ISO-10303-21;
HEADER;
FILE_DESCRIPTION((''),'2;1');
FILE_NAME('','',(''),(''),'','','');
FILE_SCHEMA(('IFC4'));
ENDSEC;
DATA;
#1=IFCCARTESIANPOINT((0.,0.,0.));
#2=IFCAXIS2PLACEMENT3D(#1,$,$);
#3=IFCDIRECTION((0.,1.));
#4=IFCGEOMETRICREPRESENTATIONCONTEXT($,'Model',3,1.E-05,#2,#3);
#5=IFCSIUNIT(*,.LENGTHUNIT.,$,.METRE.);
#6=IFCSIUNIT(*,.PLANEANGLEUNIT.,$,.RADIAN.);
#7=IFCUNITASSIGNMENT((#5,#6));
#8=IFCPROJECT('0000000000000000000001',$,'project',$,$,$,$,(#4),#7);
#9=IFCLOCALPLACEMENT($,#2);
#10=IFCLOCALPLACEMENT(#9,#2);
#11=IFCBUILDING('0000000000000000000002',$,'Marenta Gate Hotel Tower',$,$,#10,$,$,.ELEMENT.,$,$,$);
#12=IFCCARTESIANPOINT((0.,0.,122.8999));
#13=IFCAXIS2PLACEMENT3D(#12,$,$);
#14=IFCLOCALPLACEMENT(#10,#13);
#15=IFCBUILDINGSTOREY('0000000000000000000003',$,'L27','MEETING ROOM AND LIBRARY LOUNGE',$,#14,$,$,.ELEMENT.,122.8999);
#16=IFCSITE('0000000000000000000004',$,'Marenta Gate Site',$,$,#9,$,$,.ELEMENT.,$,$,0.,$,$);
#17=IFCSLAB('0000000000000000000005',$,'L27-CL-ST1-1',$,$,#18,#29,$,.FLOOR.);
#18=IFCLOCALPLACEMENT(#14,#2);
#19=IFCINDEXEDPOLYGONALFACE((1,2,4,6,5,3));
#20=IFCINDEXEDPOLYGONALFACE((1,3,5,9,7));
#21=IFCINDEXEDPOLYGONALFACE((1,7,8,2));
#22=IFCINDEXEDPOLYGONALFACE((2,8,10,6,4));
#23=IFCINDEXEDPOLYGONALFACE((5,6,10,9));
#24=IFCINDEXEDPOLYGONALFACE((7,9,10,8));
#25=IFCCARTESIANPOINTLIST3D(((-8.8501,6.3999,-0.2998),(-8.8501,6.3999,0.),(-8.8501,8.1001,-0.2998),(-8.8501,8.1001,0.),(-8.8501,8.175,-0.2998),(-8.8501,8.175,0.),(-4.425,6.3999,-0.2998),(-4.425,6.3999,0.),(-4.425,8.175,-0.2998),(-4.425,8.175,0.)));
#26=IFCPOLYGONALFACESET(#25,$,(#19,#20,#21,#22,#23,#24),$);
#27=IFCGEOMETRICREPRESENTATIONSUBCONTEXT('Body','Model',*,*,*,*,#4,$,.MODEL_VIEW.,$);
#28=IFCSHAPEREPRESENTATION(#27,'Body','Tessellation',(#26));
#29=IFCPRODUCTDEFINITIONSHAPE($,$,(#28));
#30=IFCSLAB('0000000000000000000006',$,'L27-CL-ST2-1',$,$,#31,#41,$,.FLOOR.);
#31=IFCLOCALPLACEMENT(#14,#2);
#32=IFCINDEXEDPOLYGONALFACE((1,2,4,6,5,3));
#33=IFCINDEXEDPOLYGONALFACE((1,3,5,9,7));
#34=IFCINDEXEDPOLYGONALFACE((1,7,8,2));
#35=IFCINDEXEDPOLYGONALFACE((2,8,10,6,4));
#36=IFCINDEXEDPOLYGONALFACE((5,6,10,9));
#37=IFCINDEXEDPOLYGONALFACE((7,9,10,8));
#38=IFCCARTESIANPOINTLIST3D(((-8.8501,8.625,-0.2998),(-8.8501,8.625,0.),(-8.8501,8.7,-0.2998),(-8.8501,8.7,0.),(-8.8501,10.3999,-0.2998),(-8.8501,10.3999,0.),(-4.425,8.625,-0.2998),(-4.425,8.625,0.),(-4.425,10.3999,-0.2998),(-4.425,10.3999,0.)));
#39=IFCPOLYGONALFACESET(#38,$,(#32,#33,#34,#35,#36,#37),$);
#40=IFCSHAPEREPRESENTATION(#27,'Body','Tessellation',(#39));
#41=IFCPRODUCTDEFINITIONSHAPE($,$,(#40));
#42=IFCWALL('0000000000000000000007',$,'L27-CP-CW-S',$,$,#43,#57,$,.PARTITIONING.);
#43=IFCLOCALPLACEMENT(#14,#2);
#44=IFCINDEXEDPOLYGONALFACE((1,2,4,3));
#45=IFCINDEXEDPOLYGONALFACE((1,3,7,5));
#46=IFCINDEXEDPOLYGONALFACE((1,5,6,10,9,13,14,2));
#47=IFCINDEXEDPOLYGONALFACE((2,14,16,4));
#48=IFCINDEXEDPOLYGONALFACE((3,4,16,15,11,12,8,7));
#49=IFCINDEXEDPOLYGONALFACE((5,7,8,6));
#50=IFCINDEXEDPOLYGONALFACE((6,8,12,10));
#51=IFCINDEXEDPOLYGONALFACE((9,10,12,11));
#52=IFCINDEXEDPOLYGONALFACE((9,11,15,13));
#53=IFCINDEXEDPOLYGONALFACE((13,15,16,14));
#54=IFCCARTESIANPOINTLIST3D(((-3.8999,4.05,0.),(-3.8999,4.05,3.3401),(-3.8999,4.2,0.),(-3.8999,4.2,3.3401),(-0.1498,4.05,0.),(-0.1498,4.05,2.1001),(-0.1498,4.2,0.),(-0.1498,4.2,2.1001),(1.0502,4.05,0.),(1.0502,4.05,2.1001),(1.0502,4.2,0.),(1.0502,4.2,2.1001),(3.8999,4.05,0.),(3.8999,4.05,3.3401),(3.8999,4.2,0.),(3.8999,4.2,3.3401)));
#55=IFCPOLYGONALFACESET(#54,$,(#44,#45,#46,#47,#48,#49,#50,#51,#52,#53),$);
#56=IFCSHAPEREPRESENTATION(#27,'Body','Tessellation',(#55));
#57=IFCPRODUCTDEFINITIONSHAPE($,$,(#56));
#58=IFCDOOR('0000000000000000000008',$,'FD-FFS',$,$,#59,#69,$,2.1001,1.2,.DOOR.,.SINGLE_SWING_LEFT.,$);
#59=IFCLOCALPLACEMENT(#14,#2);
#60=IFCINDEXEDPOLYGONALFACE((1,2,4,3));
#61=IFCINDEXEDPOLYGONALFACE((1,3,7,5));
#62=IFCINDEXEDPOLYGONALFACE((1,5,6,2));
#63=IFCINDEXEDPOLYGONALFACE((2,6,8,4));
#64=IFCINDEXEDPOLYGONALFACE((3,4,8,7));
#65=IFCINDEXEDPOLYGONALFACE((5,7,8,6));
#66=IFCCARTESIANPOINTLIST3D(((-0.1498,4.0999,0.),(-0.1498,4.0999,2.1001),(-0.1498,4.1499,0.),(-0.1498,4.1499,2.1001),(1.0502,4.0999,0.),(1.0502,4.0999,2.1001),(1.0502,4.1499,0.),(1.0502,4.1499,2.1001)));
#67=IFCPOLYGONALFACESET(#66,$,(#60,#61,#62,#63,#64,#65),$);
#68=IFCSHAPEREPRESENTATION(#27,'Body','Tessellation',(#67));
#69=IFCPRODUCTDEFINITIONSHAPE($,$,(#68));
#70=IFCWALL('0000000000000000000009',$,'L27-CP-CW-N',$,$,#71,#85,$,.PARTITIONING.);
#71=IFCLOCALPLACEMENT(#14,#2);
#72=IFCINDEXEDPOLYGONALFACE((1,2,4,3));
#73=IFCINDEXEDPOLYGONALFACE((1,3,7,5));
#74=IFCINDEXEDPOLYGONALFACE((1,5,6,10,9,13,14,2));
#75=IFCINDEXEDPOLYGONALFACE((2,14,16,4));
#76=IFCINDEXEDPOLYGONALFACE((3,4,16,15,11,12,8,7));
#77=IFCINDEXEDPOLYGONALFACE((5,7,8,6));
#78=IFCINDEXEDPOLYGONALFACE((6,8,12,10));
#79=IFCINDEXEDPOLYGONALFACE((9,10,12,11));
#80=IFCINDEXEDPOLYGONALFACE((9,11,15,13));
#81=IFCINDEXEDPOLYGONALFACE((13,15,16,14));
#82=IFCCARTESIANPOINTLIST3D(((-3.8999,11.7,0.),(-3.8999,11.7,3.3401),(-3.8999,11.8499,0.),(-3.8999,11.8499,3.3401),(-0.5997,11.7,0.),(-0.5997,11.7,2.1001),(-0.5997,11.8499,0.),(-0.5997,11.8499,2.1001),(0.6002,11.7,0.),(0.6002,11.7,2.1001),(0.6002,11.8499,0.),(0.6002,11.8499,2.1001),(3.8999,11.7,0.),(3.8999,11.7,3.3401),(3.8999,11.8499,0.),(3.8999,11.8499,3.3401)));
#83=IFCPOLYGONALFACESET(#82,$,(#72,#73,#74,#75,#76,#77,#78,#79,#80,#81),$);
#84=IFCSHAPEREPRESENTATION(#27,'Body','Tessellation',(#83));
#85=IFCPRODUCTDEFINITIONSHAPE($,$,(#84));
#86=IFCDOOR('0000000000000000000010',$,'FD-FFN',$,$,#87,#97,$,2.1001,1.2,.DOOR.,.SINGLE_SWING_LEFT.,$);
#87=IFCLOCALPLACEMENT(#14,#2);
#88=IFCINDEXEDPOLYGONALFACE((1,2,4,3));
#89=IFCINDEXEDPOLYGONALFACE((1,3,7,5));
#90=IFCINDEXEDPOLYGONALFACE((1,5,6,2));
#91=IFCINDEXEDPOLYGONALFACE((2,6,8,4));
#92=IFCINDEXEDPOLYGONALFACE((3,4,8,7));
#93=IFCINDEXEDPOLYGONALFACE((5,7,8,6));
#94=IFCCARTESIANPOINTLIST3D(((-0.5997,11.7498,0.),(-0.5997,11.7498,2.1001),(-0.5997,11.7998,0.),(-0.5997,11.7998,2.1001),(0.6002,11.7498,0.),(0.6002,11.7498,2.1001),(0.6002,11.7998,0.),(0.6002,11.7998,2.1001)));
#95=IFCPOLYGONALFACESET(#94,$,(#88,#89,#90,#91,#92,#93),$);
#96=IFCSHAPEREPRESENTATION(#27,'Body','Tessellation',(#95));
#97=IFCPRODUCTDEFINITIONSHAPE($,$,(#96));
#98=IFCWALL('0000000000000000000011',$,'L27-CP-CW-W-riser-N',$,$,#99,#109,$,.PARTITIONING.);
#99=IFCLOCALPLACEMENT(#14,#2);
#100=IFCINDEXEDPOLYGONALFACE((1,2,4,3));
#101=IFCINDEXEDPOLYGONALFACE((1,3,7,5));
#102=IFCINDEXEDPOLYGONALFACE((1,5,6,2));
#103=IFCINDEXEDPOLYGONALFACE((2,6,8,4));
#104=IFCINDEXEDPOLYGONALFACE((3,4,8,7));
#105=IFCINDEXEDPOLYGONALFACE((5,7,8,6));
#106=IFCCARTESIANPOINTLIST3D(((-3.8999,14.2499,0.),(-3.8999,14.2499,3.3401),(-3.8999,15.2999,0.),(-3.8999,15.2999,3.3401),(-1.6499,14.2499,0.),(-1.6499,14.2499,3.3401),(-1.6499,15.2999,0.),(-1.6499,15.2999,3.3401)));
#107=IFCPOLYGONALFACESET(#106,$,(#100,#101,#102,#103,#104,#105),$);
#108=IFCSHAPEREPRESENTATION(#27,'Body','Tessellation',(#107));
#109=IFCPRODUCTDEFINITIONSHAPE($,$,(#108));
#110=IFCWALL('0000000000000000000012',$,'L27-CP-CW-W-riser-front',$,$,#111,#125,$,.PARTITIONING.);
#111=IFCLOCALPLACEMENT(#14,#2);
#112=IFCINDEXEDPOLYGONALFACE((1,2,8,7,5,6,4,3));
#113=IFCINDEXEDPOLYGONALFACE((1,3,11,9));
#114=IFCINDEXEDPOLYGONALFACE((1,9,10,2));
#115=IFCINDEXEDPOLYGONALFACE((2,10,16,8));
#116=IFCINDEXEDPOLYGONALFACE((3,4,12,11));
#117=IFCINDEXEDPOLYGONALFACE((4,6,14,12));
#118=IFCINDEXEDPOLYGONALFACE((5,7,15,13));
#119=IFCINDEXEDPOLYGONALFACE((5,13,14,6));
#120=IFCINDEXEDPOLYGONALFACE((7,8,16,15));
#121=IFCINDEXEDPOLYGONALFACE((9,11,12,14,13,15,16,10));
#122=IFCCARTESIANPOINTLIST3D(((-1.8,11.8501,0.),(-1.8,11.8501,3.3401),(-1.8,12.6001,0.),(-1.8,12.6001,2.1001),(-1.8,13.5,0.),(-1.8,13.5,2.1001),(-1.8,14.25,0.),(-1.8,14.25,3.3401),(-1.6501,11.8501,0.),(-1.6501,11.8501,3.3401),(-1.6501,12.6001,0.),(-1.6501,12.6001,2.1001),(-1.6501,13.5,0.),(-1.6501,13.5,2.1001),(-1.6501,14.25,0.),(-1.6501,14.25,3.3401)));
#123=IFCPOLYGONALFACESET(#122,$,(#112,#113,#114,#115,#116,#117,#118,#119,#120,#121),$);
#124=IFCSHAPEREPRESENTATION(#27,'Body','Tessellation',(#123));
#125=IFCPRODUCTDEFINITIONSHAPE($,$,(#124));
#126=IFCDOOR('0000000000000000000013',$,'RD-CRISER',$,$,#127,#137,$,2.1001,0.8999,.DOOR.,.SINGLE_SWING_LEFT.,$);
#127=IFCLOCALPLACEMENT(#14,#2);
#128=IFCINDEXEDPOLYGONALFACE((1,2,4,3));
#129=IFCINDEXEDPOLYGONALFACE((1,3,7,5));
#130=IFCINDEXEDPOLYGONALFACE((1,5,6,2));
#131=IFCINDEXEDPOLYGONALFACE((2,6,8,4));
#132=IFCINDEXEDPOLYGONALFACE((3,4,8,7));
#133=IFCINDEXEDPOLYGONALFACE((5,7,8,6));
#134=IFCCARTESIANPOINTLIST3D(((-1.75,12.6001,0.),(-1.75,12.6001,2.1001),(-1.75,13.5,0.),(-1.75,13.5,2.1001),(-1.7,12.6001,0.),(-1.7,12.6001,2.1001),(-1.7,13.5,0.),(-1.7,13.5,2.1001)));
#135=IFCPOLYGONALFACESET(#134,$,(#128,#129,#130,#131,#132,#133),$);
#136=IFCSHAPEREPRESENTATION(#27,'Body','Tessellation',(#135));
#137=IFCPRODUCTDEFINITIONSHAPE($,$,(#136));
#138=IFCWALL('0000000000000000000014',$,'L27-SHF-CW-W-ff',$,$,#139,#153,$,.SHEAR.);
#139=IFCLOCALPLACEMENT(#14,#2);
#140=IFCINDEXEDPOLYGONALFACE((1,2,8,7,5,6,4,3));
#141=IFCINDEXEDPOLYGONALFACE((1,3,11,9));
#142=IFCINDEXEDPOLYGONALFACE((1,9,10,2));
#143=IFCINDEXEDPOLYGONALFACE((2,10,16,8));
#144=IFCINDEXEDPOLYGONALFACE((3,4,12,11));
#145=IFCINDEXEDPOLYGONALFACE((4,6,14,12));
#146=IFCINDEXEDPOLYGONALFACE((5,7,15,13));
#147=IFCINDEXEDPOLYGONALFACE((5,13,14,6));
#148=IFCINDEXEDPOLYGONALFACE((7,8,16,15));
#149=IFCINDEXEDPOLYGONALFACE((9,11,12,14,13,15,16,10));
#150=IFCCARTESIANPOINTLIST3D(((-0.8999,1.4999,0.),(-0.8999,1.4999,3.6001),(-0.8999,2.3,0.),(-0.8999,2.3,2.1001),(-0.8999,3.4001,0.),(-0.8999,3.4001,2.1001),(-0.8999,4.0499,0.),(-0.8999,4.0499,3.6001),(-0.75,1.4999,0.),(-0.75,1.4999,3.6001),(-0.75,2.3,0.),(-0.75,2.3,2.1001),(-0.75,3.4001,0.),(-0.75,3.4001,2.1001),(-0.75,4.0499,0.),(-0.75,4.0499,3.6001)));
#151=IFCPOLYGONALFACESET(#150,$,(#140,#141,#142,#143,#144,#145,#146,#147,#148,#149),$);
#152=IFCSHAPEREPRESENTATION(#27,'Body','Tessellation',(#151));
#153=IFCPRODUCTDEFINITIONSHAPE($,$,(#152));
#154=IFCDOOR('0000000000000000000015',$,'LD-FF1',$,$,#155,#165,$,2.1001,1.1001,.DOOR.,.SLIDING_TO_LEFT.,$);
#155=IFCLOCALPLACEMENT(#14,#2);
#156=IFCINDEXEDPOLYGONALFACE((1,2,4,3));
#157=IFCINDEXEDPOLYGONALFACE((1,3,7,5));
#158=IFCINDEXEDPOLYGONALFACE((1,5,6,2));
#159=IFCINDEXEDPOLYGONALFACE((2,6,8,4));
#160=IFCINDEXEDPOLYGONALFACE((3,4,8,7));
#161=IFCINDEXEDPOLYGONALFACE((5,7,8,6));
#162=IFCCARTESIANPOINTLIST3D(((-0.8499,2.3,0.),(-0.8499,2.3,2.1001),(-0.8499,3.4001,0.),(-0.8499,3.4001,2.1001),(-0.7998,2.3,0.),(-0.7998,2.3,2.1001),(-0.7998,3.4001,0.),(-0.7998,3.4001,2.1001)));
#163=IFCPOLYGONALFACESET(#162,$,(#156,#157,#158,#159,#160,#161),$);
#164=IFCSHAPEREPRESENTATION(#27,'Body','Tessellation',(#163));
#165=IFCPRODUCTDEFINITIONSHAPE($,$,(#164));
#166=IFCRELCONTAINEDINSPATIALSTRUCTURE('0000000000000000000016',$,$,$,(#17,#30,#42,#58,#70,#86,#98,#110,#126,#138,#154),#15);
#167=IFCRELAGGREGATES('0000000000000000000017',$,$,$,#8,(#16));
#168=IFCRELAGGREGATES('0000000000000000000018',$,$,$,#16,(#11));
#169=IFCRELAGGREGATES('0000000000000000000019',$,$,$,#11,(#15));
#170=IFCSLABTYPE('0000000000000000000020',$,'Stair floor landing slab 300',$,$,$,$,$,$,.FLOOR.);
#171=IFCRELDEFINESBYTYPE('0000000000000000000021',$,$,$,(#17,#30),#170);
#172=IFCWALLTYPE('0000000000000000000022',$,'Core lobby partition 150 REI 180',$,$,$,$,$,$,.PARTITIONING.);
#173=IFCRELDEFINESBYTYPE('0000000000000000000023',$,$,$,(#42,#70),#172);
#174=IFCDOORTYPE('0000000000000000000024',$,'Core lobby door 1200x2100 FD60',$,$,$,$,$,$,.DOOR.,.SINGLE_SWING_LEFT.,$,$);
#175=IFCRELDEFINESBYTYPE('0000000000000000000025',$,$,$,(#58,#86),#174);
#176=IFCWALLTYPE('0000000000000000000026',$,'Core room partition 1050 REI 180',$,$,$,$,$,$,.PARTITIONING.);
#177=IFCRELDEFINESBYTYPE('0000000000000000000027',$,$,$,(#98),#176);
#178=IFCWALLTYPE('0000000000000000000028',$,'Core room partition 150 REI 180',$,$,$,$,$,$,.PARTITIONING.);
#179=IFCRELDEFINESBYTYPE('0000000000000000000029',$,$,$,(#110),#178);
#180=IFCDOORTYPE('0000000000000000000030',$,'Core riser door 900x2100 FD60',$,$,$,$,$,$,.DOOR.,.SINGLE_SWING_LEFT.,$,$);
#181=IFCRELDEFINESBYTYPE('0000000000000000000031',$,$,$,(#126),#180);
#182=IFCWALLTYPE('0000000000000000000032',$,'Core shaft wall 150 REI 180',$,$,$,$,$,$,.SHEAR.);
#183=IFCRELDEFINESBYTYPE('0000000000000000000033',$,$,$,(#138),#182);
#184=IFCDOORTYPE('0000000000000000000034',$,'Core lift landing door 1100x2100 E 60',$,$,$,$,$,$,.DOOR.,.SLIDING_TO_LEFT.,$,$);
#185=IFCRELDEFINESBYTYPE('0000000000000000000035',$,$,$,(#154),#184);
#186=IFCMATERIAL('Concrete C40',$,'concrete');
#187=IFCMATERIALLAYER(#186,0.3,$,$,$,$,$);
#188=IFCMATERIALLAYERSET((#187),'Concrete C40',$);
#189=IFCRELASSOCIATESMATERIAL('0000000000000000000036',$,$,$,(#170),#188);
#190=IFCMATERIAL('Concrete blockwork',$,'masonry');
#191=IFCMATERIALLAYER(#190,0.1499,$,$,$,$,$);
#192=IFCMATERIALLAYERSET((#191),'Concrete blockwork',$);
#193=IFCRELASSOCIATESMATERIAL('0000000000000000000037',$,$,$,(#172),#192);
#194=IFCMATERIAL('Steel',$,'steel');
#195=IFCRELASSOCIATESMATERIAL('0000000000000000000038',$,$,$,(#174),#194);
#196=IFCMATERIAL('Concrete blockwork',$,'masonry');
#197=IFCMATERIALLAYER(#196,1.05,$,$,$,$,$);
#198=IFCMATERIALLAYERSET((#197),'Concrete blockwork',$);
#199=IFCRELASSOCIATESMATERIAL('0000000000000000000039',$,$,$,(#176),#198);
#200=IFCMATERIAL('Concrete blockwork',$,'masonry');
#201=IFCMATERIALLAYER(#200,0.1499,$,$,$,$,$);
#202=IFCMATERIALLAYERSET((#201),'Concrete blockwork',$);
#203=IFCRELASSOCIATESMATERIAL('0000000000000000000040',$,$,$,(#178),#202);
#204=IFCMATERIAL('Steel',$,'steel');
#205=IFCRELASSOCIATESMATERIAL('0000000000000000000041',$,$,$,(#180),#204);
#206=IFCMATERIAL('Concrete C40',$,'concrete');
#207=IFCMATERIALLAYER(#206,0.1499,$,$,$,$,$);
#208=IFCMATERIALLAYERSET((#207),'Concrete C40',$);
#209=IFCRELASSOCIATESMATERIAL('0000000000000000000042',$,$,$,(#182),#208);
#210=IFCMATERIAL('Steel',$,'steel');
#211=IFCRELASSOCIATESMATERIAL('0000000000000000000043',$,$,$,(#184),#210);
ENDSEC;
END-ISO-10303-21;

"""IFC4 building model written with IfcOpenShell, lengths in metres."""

from ifc_helpers import new_model, si_unit, direction, frame, frame_2d, origin, place, context, subcontext, project, spatial, polyline, rectangle, outline, extrude, material, layer, layer_set, type_object, element, fill, save


model = new_model("IFC4")

# Units and contexts
model_context = context("Model", 3, precision=1e-05, world=origin(), true_north=direction((0.0, 1.0)))
body_context = subcontext(model_context, "Body", "Model", "MODEL_VIEW")
ifc_project = project(units=[si_unit("LENGTHUNIT", "METRE"), si_unit("PLANEANGLEUNIT", "RADIAN")], contexts=[model_context])

# Site, building, storey
site_placement = place(None, origin())
site = spatial("IfcSite", under=ifc_project, at=site_placement, Name="Marenta Gate Site", CompositionType="ELEMENT", RefElevation=0.0)
building_placement = place(site_placement, origin())
building = spatial("IfcBuilding", under=site, at=building_placement, Name="Marenta Gate Hotel Tower", CompositionType="ELEMENT")
storey_placement = place(building_placement, frame((0.0, 0.0, 122.8999)))
storey = spatial("IfcBuildingStorey", under=building, at=storey_placement, Name="L27", Description="MEETING ROOM AND LIBRARY LOUNGE", CompositionType="ELEMENT", Elevation=122.8999)

# Slabs
ifc_material_1 = material(Name="Concrete C40", Category="concrete")
ifc_layer_1 = layer(ifc_material_1, 0.3)
ifc_layer_set_1 = layer_set([ifc_layer_1], Name="Concrete C40")
slab_type_1 = type_object("IfcSlabType", Name="Stair floor landing slab 300", PredefinedType="FLOOR", material=ifc_layer_set_1)
slab_1_placement = place(storey_placement, frame((0.0, 0.0, -0.2998)))
element("IfcSlab", 1, at=slab_1_placement, inside=storey, type_object=slab_type_1, Name="L27-CL-ST1-1", PredefinedType="FLOOR", context=body_context, shape_type="SweptSolid", body=[
    extrude(outline(polyline([(-4.425, 6.3999), (-8.8501, 6.3999), (-8.8501, 8.1001), (-8.8501, 8.175), (-4.425, 8.175), (-4.425, 6.3999)])), origin(), (0.0, 0.0, 1.0), 0.2998),
])
slab_2_placement = place(storey_placement, frame((0.0, 0.0, -0.2998)))
element("IfcSlab", 2, at=slab_2_placement, inside=storey, type_object=slab_type_1, Name="L27-CL-ST2-1", PredefinedType="FLOOR", context=body_context, shape_type="SweptSolid", body=[
    extrude(outline(polyline([(-4.425, 8.625), (-8.8501, 8.625), (-8.8501, 8.7), (-8.8501, 10.3999), (-4.425, 10.3999), (-4.425, 8.625)])), origin(), (0.0, 0.0, 1.0), 0.2998),
])

# Walls, openings, doors
ifc_material_2 = material(Name="Concrete blockwork", Category="masonry")
ifc_layer_2 = layer(ifc_material_2, 0.1499)
ifc_layer_set_2 = layer_set([ifc_layer_2], Name="Concrete blockwork")
wall_type_1 = type_object("IfcWallType", Name="Core lobby partition 150 REI 180", PredefinedType="PARTITIONING", material=ifc_layer_set_2)
wall_1_placement = place(storey_placement, frame((-3.8999, 4.125, 0.0), z_axis=(0.0, 0.0, 1.0), x_axis=(1.0, 0.0, 0.0)))
wall_1 = element("IfcWall", 3, at=wall_1_placement, inside=storey, type_object=wall_type_1, Name="L27-CP-CW-S", PredefinedType="PARTITIONING", context=body_context, shape_type="SweptSolid", body=[
    extrude(rectangle(XDim=7.7998, YDim=0.1499, at=frame_2d((3.8999, 0.0))), origin(), (0.0, 0.0, 1.0), 3.3401),
])
opening_1_placement = place(wall_1_placement, frame((3.75, 0.0, 0.0)))
opening_1 = element("IfcOpeningElement", 4, at=opening_1_placement, cuts=wall_1, PredefinedType="OPENING", context=body_context, shape_type="SweptSolid", body=[
    extrude(rectangle(XDim=1.2, YDim=2.1001, at=frame_2d((0.6001, 1.05))), frame((0.0, 0.075, 0.0), z_axis=(0.0, -1.0, 0.0), x_axis=(1.0, 0.0, 0.0)), (0.0, 0.0, 1.0), 0.1499),
])
ifc_material_3 = material(Name="Steel", Category="steel")
door_type_1 = type_object("IfcDoorType", Name="Core lobby door 1200x2100 FD60", OperationType="SINGLE_SWING_LEFT", PredefinedType="DOOR", material=ifc_material_3)
door_1_placement = place(opening_1_placement, origin())
door_1 = element("IfcDoor", 5, at=door_1_placement, inside=storey, type_object=door_type_1, Name="FD-FFS", OperationType="SINGLE_SWING_LEFT", OverallHeight=2.1001, OverallWidth=1.2, PredefinedType="DOOR", context=body_context, shape_type="SweptSolid", body=[
    extrude(rectangle(XDim=1.2, YDim=2.1001, at=frame_2d((0.6001, 1.05))), frame((0.0, 0.0249, 0.0), z_axis=(0.0, -1.0, 0.0), x_axis=(1.0, 0.0, 0.0)), (0.0, 0.0, 1.0), 0.05),
])
fill(opening_1, door_1)
wall_2_placement = place(storey_placement, frame((-3.8999, 11.7749, 0.0), z_axis=(0.0, 0.0, 1.0), x_axis=(1.0, 0.0, 0.0)))
wall_2 = element("IfcWall", 6, at=wall_2_placement, inside=storey, type_object=wall_type_1, Name="L27-CP-CW-N", PredefinedType="PARTITIONING", context=body_context, shape_type="SweptSolid", body=[
    extrude(rectangle(XDim=7.7998, YDim=0.1499, at=frame_2d((3.8999, 0.0))), origin(), (0.0, 0.0, 1.0), 3.3401),
])
opening_2_placement = place(wall_2_placement, frame((3.3, 0.0, 0.0)))
opening_2 = element("IfcOpeningElement", 7, at=opening_2_placement, cuts=wall_2, PredefinedType="OPENING", context=body_context, shape_type="SweptSolid", body=[
    extrude(rectangle(XDim=1.2, YDim=2.1001, at=frame_2d((0.6001, 1.05))), frame((0.0, 0.075, 0.0), z_axis=(0.0, -1.0, 0.0), x_axis=(1.0, 0.0, 0.0)), (0.0, 0.0, 1.0), 0.1499),
])
door_2_placement = place(opening_2_placement, origin())
door_2 = element("IfcDoor", 8, at=door_2_placement, inside=storey, type_object=door_type_1, Name="FD-FFN", OperationType="SINGLE_SWING_LEFT", OverallHeight=2.1001, OverallWidth=1.2, PredefinedType="DOOR", context=body_context, shape_type="SweptSolid", body=[
    extrude(rectangle(XDim=1.2, YDim=2.1001, at=frame_2d((0.6001, 1.05))), frame((0.0, 0.0249, 0.0), z_axis=(0.0, -1.0, 0.0), x_axis=(1.0, 0.0, 0.0)), (0.0, 0.0, 1.0), 0.05),
])
fill(opening_2, door_2)

# Wall
ifc_material_4 = material(Name="Concrete blockwork", Category="masonry")
ifc_layer_3 = layer(ifc_material_4, 1.05)
ifc_layer_set_3 = layer_set([ifc_layer_3], Name="Concrete blockwork")
wall_type_2 = type_object("IfcWallType", Name="Core room partition 1050 REI 180", PredefinedType="PARTITIONING", material=ifc_layer_set_3)
wall_3_placement = place(storey_placement, frame((-3.8999, 14.7749, 0.0), z_axis=(0.0, 0.0, 1.0), x_axis=(1.0, 0.0, 0.0)))
element("IfcWall", 9, at=wall_3_placement, inside=storey, type_object=wall_type_2, Name="L27-CP-CW-W-riser-N", PredefinedType="PARTITIONING", context=body_context, shape_type="SweptSolid", body=[
    extrude(rectangle(XDim=2.25, YDim=1.05, at=frame_2d((1.125, 0.0))), origin(), (0.0, 0.0, 1.0), 3.3401),
])

# Walls, openings, doors
ifc_material_5 = material(Name="Concrete blockwork", Category="masonry")
ifc_layer_4 = layer(ifc_material_5, 0.1499)
ifc_layer_set_4 = layer_set([ifc_layer_4], Name="Concrete blockwork")
wall_type_3 = type_object("IfcWallType", Name="Core room partition 150 REI 180", PredefinedType="PARTITIONING", material=ifc_layer_set_4)
wall_4_placement = place(storey_placement, frame((-1.7251, 11.8501, 0.0), z_axis=(0.0, 0.0, 1.0), x_axis=(0.0, 1.0, 0.0)))
wall_4 = element("IfcWall", 10, at=wall_4_placement, inside=storey, type_object=wall_type_3, Name="L27-CP-CW-W-riser-front", PredefinedType="PARTITIONING", context=body_context, shape_type="SweptSolid", body=[
    extrude(rectangle(XDim=2.3999, YDim=0.1499, at=frame_2d((1.2, 0.0))), origin(), (0.0, 0.0, 1.0), 3.3401),
])
opening_3_placement = place(wall_4_placement, frame((0.75, 0.0, 0.0)))
opening_3 = element("IfcOpeningElement", 11, at=opening_3_placement, cuts=wall_4, PredefinedType="OPENING", context=body_context, shape_type="SweptSolid", body=[
    extrude(rectangle(XDim=0.8999, YDim=2.1001, at=frame_2d((0.45, 1.05))), frame((0.0, 0.075, 0.0), z_axis=(0.0, -1.0, 0.0), x_axis=(1.0, 0.0, 0.0)), (0.0, 0.0, 1.0), 0.1499),
])
ifc_material_6 = material(Name="Steel", Category="steel")
door_type_2 = type_object("IfcDoorType", Name="Core riser door 900x2100 FD60", OperationType="SINGLE_SWING_LEFT", PredefinedType="DOOR", material=ifc_material_6)
door_3_placement = place(opening_3_placement, origin())
door_3 = element("IfcDoor", 12, at=door_3_placement, inside=storey, type_object=door_type_2, Name="RD-CRISER", OperationType="SINGLE_SWING_LEFT", OverallHeight=2.1001, OverallWidth=0.8999, PredefinedType="DOOR", context=body_context, shape_type="SweptSolid", body=[
    extrude(rectangle(XDim=0.8999, YDim=2.1001, at=frame_2d((0.45, 1.05))), frame((0.0, 0.0249, 0.0), z_axis=(0.0, -1.0, 0.0), x_axis=(1.0, 0.0, 0.0)), (0.0, 0.0, 1.0), 0.05),
])
fill(opening_3, door_3)
ifc_material_7 = material(Name="Concrete C40", Category="concrete")
ifc_layer_5 = layer(ifc_material_7, 0.1499)
ifc_layer_set_5 = layer_set([ifc_layer_5], Name="Concrete C40")
wall_type_4 = type_object("IfcWallType", Name="Core shaft wall 150 REI 180", PredefinedType="SHEAR", material=ifc_layer_set_5)
wall_5_placement = place(storey_placement, frame((-0.825, 1.5, 0.0), z_axis=(0.0, 0.0, 1.0), x_axis=(0.0, 1.0, 0.0)))
wall_5 = element("IfcWall", 13, at=wall_5_placement, inside=storey, type_object=wall_type_4, Name="L27-SHF-CW-W-ff", PredefinedType="SHEAR", context=body_context, shape_type="SweptSolid", body=[
    extrude(rectangle(XDim=2.55, YDim=0.1499, at=frame_2d((1.2749, 0.0))), origin(), (0.0, 0.0, 1.0), 3.6001),
])
opening_4_placement = place(wall_5_placement, frame((0.8, 0.0, 0.0)))
opening_4 = element("IfcOpeningElement", 14, at=opening_4_placement, cuts=wall_5, PredefinedType="OPENING", context=body_context, shape_type="SweptSolid", body=[
    extrude(rectangle(XDim=1.1001, YDim=2.1001, at=frame_2d((0.55, 1.05))), frame((0.0, 0.075, 0.0), z_axis=(0.0, -1.0, 0.0), x_axis=(1.0, 0.0, 0.0)), (0.0, 0.0, 1.0), 0.1499),
])
ifc_material_8 = material(Name="Steel", Category="steel")
door_type_3 = type_object("IfcDoorType", Name="Core lift landing door 1100x2100 E 60", OperationType="SLIDING_TO_LEFT", PredefinedType="DOOR", material=ifc_material_8)
door_4_placement = place(opening_4_placement, origin())
door_4 = element("IfcDoor", 15, at=door_4_placement, inside=storey, type_object=door_type_3, Name="LD-FF1", OperationType="SLIDING_TO_LEFT", OverallHeight=2.1001, OverallWidth=1.1001, PredefinedType="DOOR", context=body_context, shape_type="SweptSolid", body=[
    extrude(rectangle(XDim=1.1001, YDim=2.1001, at=frame_2d((0.55, 1.05))), frame((0.0, 0.0249, 0.0), z_axis=(0.0, -1.0, 0.0), x_axis=(1.0, 0.0, 0.0)), (0.0, 0.0, 1.0), 0.05),
])
fill(opening_4, door_4)

save(model, "model.ifc")
